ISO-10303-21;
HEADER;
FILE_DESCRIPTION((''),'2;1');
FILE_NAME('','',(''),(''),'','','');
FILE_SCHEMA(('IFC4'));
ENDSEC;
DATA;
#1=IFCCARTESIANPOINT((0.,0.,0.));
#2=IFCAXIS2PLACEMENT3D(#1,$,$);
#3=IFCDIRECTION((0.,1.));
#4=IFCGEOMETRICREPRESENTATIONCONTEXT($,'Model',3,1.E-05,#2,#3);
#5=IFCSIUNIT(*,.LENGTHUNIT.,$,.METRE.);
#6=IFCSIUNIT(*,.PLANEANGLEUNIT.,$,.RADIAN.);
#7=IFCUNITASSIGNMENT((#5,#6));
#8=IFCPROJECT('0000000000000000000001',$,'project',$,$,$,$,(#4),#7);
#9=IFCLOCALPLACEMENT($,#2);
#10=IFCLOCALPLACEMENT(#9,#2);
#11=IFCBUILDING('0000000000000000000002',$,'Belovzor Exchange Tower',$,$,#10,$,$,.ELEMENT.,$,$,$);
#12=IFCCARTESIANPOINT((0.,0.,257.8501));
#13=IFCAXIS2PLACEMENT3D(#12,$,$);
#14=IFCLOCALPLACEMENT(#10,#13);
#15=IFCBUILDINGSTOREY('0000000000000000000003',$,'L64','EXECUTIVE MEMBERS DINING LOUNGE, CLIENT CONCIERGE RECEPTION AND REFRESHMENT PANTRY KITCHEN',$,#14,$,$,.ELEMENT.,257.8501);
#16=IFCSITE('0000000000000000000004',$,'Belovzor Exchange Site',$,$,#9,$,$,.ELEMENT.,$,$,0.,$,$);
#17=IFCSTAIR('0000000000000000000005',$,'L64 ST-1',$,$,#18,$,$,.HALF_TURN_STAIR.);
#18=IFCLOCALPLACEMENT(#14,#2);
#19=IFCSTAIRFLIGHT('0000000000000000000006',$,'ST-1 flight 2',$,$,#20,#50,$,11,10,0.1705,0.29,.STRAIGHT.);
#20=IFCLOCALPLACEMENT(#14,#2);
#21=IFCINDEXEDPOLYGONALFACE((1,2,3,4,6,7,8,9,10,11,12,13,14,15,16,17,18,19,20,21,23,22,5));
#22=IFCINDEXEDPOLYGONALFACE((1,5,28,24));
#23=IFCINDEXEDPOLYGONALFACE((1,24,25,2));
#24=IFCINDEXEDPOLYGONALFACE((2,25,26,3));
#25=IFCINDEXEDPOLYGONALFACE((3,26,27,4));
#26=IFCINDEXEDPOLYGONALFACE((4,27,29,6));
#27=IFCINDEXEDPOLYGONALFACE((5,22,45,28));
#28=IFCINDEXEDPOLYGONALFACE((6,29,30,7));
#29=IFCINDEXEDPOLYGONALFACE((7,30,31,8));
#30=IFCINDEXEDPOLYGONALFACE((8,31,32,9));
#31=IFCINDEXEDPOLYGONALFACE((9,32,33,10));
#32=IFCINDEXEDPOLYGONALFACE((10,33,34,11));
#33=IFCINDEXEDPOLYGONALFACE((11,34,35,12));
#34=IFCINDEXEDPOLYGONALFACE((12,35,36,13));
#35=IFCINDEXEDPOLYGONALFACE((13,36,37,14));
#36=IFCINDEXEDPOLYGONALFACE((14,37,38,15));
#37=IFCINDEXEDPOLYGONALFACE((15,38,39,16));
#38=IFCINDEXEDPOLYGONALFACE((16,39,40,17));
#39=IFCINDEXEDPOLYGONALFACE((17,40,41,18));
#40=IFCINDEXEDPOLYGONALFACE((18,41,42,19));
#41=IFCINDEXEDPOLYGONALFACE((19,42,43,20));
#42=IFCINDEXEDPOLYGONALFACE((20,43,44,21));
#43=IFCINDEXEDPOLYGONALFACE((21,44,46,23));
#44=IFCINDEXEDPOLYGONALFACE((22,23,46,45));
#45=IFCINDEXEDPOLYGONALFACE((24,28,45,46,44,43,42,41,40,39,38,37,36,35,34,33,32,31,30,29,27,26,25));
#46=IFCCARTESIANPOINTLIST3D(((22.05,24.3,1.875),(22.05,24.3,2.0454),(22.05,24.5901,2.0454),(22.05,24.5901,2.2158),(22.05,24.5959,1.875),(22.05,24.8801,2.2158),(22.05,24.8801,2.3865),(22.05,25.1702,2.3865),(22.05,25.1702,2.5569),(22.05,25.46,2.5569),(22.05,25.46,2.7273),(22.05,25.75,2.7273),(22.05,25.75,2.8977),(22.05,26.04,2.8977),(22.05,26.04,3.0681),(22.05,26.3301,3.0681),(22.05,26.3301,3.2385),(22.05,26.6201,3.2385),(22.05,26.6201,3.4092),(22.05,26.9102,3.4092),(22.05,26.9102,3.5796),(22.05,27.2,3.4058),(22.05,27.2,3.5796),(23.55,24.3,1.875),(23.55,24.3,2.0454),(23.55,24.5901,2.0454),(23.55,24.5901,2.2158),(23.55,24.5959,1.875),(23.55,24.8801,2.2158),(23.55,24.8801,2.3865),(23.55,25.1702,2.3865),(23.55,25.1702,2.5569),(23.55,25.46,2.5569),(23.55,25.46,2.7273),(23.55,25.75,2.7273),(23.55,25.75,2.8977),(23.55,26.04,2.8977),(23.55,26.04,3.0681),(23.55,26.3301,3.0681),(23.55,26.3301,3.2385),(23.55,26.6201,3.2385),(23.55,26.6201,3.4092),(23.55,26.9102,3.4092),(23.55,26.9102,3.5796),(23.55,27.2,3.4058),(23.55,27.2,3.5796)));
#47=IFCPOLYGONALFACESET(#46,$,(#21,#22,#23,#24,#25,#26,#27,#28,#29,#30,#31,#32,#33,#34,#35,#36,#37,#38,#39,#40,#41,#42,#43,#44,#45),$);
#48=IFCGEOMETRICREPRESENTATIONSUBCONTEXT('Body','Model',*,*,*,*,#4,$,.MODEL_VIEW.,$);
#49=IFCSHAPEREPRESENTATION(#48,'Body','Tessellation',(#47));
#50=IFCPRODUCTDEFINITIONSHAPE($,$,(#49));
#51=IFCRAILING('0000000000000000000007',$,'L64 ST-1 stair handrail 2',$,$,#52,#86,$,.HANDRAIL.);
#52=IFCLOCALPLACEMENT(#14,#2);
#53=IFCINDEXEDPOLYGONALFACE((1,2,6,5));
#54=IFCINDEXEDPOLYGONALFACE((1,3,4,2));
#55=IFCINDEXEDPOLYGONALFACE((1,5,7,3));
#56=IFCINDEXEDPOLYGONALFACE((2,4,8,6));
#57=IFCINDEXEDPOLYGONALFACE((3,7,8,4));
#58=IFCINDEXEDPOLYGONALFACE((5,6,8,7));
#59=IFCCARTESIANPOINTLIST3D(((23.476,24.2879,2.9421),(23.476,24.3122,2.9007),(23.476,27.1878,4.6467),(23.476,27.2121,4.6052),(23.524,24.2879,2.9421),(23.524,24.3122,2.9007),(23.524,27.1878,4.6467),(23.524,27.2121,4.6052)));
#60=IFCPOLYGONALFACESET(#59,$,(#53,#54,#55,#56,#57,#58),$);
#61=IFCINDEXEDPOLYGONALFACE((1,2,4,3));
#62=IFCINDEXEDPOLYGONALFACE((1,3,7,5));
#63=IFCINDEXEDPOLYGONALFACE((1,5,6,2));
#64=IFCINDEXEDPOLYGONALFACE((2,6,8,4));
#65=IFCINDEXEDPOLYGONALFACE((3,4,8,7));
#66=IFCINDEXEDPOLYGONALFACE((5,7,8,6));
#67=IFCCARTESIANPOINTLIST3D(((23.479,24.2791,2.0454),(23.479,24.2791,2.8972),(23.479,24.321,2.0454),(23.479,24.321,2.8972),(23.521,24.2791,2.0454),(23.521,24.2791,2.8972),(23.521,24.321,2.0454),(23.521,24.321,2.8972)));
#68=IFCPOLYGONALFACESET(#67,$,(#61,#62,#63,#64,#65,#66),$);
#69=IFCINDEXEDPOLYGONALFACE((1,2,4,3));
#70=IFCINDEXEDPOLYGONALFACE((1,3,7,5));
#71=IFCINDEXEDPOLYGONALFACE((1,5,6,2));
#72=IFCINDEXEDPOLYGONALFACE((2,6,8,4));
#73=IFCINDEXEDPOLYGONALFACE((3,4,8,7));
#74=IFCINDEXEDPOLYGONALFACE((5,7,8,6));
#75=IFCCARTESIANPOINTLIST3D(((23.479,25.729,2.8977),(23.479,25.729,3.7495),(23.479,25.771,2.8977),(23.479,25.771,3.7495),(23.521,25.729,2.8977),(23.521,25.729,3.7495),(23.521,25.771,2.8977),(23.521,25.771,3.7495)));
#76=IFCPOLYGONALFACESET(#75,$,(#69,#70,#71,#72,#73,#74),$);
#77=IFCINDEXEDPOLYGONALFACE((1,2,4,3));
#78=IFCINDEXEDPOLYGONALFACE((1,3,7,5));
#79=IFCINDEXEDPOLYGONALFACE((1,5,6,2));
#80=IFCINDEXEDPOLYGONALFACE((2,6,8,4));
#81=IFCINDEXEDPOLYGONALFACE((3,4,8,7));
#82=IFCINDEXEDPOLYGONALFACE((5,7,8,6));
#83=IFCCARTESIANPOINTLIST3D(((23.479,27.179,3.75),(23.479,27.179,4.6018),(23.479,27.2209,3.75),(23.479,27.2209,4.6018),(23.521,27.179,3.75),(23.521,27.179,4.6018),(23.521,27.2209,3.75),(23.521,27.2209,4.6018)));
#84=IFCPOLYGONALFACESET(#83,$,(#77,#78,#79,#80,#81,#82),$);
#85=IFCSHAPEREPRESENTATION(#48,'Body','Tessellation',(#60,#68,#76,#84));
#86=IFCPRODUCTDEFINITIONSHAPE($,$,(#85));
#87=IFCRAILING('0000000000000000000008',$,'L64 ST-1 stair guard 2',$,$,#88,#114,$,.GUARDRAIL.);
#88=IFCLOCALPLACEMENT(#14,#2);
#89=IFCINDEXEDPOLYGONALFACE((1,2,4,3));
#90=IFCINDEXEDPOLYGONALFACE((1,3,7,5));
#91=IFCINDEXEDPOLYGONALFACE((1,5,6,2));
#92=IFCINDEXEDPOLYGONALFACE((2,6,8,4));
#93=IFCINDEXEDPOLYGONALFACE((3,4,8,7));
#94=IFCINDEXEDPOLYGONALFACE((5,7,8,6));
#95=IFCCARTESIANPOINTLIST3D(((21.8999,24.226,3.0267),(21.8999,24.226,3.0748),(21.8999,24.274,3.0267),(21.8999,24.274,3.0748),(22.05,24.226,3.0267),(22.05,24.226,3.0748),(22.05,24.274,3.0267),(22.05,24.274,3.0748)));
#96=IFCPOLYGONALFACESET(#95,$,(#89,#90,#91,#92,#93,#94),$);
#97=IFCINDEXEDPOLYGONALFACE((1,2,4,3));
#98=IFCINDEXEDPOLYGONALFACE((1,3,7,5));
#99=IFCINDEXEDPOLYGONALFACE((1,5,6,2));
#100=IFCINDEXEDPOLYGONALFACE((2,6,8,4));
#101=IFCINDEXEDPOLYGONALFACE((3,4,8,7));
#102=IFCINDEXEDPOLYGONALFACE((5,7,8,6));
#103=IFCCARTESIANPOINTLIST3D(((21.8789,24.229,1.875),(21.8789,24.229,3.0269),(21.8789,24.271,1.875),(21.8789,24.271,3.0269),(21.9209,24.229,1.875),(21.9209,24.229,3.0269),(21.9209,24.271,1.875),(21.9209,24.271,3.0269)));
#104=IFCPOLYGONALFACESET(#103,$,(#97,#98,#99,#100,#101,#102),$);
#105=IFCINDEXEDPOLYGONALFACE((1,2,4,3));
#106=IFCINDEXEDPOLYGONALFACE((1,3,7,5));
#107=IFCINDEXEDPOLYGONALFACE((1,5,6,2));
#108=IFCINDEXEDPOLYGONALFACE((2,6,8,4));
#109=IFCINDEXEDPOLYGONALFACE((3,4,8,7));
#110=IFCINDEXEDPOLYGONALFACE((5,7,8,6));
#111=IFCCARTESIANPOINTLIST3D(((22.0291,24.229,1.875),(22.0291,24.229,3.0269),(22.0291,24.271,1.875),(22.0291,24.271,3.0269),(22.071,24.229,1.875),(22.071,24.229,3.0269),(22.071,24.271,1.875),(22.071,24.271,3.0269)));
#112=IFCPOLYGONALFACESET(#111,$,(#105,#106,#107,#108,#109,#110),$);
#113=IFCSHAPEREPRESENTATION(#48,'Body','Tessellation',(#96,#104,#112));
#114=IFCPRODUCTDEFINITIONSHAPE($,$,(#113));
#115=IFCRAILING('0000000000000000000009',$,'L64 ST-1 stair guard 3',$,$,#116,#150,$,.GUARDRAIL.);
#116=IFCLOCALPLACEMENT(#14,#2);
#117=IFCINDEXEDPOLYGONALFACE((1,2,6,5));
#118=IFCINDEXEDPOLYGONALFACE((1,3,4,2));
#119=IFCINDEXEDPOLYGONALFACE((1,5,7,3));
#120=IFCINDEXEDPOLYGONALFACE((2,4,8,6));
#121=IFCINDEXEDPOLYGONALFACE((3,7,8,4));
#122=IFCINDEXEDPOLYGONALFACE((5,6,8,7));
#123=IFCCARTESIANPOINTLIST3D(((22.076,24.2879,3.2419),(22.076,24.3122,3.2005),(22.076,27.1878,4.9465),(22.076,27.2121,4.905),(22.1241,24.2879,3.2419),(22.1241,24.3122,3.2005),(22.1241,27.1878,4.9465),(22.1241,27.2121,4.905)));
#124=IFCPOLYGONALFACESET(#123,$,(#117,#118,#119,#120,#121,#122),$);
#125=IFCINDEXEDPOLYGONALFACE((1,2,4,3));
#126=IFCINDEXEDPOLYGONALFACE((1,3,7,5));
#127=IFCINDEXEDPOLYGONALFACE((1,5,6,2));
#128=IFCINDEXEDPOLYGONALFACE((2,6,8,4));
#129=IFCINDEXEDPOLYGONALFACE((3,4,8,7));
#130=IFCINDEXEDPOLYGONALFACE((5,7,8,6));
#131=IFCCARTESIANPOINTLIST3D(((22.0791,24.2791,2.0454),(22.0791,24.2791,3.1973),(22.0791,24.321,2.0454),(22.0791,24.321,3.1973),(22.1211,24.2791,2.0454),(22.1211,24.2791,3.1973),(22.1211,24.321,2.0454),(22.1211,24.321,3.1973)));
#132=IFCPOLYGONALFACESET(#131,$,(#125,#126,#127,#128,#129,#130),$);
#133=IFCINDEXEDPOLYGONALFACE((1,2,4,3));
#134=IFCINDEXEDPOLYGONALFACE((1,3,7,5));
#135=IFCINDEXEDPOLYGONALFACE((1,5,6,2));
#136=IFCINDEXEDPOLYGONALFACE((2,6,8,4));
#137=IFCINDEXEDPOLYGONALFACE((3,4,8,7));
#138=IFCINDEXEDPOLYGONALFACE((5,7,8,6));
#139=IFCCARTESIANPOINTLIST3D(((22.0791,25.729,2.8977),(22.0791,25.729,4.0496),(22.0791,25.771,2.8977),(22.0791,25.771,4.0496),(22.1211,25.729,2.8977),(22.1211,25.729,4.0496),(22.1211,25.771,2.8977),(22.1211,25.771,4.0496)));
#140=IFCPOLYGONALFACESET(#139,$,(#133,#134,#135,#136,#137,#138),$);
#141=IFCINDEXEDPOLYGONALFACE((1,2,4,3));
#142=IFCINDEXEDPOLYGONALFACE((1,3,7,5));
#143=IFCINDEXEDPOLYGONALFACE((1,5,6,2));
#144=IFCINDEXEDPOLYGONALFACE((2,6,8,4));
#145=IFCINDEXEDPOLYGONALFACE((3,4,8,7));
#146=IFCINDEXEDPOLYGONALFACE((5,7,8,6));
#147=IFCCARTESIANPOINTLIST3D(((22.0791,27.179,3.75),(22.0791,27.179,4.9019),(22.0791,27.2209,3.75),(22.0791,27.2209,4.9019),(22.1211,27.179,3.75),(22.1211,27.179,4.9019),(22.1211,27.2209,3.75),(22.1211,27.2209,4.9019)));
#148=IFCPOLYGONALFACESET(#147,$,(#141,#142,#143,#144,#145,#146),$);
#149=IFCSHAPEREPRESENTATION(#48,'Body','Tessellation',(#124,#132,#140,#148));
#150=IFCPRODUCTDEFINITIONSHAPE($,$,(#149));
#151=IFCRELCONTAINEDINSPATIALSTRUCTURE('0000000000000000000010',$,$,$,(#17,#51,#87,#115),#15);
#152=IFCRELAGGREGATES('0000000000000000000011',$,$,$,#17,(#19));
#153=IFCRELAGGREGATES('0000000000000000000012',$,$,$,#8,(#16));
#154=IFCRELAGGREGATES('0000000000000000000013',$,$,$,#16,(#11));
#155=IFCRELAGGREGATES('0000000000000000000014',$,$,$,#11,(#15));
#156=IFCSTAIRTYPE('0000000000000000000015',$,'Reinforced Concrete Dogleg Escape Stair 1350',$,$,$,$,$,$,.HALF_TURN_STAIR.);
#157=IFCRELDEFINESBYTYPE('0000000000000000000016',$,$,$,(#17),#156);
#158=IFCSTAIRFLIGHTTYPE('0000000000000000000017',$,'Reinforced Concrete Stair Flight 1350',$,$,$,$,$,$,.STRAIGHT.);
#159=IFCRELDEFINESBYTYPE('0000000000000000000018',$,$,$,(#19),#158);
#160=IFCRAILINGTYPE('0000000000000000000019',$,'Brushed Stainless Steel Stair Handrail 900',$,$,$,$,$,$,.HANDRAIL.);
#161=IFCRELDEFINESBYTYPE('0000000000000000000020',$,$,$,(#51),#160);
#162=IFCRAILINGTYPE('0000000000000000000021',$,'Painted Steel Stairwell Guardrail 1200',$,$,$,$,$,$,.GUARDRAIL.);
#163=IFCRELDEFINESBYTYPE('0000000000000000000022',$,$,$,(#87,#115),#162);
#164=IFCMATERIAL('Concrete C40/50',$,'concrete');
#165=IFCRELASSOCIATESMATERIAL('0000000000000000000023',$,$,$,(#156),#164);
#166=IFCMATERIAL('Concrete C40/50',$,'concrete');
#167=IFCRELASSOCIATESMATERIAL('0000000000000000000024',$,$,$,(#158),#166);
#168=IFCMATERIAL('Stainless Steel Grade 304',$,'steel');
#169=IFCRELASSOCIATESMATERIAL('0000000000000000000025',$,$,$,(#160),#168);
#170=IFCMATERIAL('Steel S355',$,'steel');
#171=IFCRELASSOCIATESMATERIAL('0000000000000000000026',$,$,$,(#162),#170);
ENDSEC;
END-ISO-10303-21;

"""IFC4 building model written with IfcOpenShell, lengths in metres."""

from ifc_helpers import new_model, si_unit, direction, frame, origin, origin_2d, place, context, subcontext, project, spatial, polyline, rectangle, outline, extrude, material, type_object, element, aggregate, save


model = new_model("IFC4")

# Units and contexts
model_context = context("Model", 3, precision=1e-05, world=origin(), true_north=direction((0.0, 1.0)))
body_context = subcontext(model_context, "Body", "Model", "MODEL_VIEW")
ifc_project = project(units=[si_unit("LENGTHUNIT", "METRE"), si_unit("PLANEANGLEUNIT", "RADIAN")], contexts=[model_context])

# Site, building, storey
site_placement = place(None, origin())
site = spatial("IfcSite", under=ifc_project, at=site_placement, Name="Belovzor Exchange Site", CompositionType="ELEMENT", RefElevation=0.0)
building_placement = place(site_placement, origin())
building = spatial("IfcBuilding", under=site, at=building_placement, Name="Belovzor Exchange Tower", CompositionType="ELEMENT")
storey_placement = place(building_placement, frame((0.0, 0.0, 257.8501)))
storey = spatial("IfcBuildingStorey", under=building, at=storey_placement, Name="L64", Description="EXECUTIVE MEMBERS DINING LOUNGE, CLIENT CONCIERGE RECEPTION AND REFRESHMENT PANTRY KITCHEN", CompositionType="ELEMENT", Elevation=257.8501)

# Stair, stair flight
ifc_material_1 = material(Name="Concrete C40/50", Category="concrete")
stair_type = type_object("IfcStairType", Name="Reinforced Concrete Dogleg Escape Stair 1350", PredefinedType="HALF_TURN_STAIR", material=ifc_material_1)
stair_placement = place(storey_placement, origin())
stair = element("IfcStair", 1, at=stair_placement, inside=storey, type_object=stair_type, Name="L64 ST-1", PredefinedType="HALF_TURN_STAIR")
ifc_material_2 = material(Name="Concrete C40/50", Category="concrete")
stair_flight_type = type_object("IfcStairFlightType", Name="Reinforced Concrete Stair Flight 1350", PredefinedType="STRAIGHT", material=ifc_material_2)
stair_flight_placement = place(storey_placement, frame((22.8, 24.3, 1.875), z_axis=(0.0, 0.0, 1.0), x_axis=(0.0, 1.0, 0.0)))
stair_flight = element("IfcStairFlight", 2, at=stair_flight_placement, type_object=stair_flight_type, Name="ST-1 flight 2", NumberOfRisers=11, NumberOfTreads=10, PredefinedType="STRAIGHT", RiserHeight=0.1705, TreadLength=0.29, context=body_context, shape_type="SweptSolid", body=[
    extrude(outline(polyline([(0.0, 0.0), (0.0, 0.1704), (0.29, 0.1704), (0.29, 0.3408), (0.5801, 0.3408), (0.5801, 0.5115), (0.8701, 0.5115), (0.8701, 0.6819), (1.1599, 0.6819), (1.1599, 0.8523), (1.45, 0.8523), (1.45, 1.0227), (1.74, 1.0227), (1.74, 1.1931), (2.03, 1.1931), (2.03, 1.3635), (2.3201, 1.3635), (2.3201, 1.5342), (2.6101, 1.5342), (2.6101, 1.7046), (2.8999, 1.7046), (2.8999, 1.875), (2.8999, 1.5308), (0.2959, 0.0), (0.0, 0.0)])), frame((0.0, 0.75, 0.0), z_axis=(0.0, -1.0, 0.0), x_axis=(1.0, 0.0, 0.0)), (0.0, 0.0, 1.0), 1.5),
])
aggregate(stair, [stair_flight])

# Railings
ifc_material_3 = material(Name="Stainless Steel Grade 304", Category="steel")
railing_type_1 = type_object("IfcRailingType", Name="Brushed Stainless Steel Stair Handrail 900", PredefinedType="HANDRAIL", material=ifc_material_3)
railing_1_placement = place(storey_placement, frame((23.5, 24.3, 2.0454)))
element("IfcRailing", 3, at=railing_1_placement, inside=storey, type_object=railing_type_1, Name="L64 ST-1 stair handrail 2", PredefinedType="HANDRAIL", context=body_context, shape_type="SweptSolid", body=[
    extrude(rectangle(XDim=0.0481, YDim=0.0481, at=origin_2d()), frame((0.0, 0.0, 0.876), z_axis=(0.0, 0.862095, 0.506747), x_axis=(-1.0, 0.0, 0.0)), (0.0, 0.0, 1.0), 3.3638),
    extrude(rectangle(XDim=0.042, YDim=0.042, at=origin_2d()), origin(), (0.0, 0.0, 1.0), 0.8518),
    extrude(rectangle(XDim=0.042, YDim=0.042, at=origin_2d()), frame((0.0, 1.45, 0.8523)), (0.0, 0.0, 1.0), 0.8518),
    extrude(rectangle(XDim=0.042, YDim=0.042, at=origin_2d()), frame((0.0, 2.8999, 1.7046)), (0.0, 0.0, 1.0), 0.8518),
])
ifc_material_4 = material(Name="Steel S355", Category="steel")
railing_type_2 = type_object("IfcRailingType", Name="Painted Steel Stairwell Guardrail 1200", PredefinedType="GUARDRAIL", material=ifc_material_4)
railing_2_placement = place(storey_placement, frame((21.8999, 24.25, 1.875)))
element("IfcRailing", 4, at=railing_2_placement, inside=storey, type_object=railing_type_2, Name="L64 ST-1 stair guard 2", PredefinedType="GUARDRAIL", context=body_context, shape_type="SweptSolid", body=[
    extrude(rectangle(XDim=0.0481, YDim=0.0481, at=origin_2d()), frame((0.0, 0.0, 1.1758), z_axis=(1.0, 0.0, 0.0), x_axis=(0.0, 1.0, 0.0)), (0.0, 0.0, 1.0), 0.1501),
    extrude(rectangle(XDim=0.042, YDim=0.042, at=origin_2d()), origin(), (0.0, 0.0, 1.0), 1.1519),
    extrude(rectangle(XDim=0.042, YDim=0.042, at=origin_2d()), frame((0.1501, 0.0, 0.0)), (0.0, 0.0, 1.0), 1.1519),
])
railing_3_placement = place(storey_placement, frame((22.1001, 24.3, 2.0454)))
element("IfcRailing", 5, at=railing_3_placement, inside=storey, type_object=railing_type_2, Name="L64 ST-1 stair guard 3", PredefinedType="GUARDRAIL", context=body_context, shape_type="SweptSolid", body=[
    extrude(rectangle(XDim=0.0481, YDim=0.0481, at=origin_2d()), frame((0.0, 0.0, 1.1758), z_axis=(0.0, 0.862095, 0.506747), x_axis=(-1.0, 0.0, 0.0)), (0.0, 0.0, 1.0), 3.3638),
    extrude(rectangle(XDim=0.042, YDim=0.042, at=origin_2d()), origin(), (0.0, 0.0, 1.0), 1.1519),
    extrude(rectangle(XDim=0.042, YDim=0.042, at=origin_2d()), frame((0.0, 1.45, 0.8523)), (0.0, 0.0, 1.0), 1.1519),
    extrude(rectangle(XDim=0.042, YDim=0.042, at=origin_2d()), frame((0.0, 2.8999, 1.7046)), (0.0, 0.0, 1.0), 1.1519),
])

save(model, "model.ifc")
